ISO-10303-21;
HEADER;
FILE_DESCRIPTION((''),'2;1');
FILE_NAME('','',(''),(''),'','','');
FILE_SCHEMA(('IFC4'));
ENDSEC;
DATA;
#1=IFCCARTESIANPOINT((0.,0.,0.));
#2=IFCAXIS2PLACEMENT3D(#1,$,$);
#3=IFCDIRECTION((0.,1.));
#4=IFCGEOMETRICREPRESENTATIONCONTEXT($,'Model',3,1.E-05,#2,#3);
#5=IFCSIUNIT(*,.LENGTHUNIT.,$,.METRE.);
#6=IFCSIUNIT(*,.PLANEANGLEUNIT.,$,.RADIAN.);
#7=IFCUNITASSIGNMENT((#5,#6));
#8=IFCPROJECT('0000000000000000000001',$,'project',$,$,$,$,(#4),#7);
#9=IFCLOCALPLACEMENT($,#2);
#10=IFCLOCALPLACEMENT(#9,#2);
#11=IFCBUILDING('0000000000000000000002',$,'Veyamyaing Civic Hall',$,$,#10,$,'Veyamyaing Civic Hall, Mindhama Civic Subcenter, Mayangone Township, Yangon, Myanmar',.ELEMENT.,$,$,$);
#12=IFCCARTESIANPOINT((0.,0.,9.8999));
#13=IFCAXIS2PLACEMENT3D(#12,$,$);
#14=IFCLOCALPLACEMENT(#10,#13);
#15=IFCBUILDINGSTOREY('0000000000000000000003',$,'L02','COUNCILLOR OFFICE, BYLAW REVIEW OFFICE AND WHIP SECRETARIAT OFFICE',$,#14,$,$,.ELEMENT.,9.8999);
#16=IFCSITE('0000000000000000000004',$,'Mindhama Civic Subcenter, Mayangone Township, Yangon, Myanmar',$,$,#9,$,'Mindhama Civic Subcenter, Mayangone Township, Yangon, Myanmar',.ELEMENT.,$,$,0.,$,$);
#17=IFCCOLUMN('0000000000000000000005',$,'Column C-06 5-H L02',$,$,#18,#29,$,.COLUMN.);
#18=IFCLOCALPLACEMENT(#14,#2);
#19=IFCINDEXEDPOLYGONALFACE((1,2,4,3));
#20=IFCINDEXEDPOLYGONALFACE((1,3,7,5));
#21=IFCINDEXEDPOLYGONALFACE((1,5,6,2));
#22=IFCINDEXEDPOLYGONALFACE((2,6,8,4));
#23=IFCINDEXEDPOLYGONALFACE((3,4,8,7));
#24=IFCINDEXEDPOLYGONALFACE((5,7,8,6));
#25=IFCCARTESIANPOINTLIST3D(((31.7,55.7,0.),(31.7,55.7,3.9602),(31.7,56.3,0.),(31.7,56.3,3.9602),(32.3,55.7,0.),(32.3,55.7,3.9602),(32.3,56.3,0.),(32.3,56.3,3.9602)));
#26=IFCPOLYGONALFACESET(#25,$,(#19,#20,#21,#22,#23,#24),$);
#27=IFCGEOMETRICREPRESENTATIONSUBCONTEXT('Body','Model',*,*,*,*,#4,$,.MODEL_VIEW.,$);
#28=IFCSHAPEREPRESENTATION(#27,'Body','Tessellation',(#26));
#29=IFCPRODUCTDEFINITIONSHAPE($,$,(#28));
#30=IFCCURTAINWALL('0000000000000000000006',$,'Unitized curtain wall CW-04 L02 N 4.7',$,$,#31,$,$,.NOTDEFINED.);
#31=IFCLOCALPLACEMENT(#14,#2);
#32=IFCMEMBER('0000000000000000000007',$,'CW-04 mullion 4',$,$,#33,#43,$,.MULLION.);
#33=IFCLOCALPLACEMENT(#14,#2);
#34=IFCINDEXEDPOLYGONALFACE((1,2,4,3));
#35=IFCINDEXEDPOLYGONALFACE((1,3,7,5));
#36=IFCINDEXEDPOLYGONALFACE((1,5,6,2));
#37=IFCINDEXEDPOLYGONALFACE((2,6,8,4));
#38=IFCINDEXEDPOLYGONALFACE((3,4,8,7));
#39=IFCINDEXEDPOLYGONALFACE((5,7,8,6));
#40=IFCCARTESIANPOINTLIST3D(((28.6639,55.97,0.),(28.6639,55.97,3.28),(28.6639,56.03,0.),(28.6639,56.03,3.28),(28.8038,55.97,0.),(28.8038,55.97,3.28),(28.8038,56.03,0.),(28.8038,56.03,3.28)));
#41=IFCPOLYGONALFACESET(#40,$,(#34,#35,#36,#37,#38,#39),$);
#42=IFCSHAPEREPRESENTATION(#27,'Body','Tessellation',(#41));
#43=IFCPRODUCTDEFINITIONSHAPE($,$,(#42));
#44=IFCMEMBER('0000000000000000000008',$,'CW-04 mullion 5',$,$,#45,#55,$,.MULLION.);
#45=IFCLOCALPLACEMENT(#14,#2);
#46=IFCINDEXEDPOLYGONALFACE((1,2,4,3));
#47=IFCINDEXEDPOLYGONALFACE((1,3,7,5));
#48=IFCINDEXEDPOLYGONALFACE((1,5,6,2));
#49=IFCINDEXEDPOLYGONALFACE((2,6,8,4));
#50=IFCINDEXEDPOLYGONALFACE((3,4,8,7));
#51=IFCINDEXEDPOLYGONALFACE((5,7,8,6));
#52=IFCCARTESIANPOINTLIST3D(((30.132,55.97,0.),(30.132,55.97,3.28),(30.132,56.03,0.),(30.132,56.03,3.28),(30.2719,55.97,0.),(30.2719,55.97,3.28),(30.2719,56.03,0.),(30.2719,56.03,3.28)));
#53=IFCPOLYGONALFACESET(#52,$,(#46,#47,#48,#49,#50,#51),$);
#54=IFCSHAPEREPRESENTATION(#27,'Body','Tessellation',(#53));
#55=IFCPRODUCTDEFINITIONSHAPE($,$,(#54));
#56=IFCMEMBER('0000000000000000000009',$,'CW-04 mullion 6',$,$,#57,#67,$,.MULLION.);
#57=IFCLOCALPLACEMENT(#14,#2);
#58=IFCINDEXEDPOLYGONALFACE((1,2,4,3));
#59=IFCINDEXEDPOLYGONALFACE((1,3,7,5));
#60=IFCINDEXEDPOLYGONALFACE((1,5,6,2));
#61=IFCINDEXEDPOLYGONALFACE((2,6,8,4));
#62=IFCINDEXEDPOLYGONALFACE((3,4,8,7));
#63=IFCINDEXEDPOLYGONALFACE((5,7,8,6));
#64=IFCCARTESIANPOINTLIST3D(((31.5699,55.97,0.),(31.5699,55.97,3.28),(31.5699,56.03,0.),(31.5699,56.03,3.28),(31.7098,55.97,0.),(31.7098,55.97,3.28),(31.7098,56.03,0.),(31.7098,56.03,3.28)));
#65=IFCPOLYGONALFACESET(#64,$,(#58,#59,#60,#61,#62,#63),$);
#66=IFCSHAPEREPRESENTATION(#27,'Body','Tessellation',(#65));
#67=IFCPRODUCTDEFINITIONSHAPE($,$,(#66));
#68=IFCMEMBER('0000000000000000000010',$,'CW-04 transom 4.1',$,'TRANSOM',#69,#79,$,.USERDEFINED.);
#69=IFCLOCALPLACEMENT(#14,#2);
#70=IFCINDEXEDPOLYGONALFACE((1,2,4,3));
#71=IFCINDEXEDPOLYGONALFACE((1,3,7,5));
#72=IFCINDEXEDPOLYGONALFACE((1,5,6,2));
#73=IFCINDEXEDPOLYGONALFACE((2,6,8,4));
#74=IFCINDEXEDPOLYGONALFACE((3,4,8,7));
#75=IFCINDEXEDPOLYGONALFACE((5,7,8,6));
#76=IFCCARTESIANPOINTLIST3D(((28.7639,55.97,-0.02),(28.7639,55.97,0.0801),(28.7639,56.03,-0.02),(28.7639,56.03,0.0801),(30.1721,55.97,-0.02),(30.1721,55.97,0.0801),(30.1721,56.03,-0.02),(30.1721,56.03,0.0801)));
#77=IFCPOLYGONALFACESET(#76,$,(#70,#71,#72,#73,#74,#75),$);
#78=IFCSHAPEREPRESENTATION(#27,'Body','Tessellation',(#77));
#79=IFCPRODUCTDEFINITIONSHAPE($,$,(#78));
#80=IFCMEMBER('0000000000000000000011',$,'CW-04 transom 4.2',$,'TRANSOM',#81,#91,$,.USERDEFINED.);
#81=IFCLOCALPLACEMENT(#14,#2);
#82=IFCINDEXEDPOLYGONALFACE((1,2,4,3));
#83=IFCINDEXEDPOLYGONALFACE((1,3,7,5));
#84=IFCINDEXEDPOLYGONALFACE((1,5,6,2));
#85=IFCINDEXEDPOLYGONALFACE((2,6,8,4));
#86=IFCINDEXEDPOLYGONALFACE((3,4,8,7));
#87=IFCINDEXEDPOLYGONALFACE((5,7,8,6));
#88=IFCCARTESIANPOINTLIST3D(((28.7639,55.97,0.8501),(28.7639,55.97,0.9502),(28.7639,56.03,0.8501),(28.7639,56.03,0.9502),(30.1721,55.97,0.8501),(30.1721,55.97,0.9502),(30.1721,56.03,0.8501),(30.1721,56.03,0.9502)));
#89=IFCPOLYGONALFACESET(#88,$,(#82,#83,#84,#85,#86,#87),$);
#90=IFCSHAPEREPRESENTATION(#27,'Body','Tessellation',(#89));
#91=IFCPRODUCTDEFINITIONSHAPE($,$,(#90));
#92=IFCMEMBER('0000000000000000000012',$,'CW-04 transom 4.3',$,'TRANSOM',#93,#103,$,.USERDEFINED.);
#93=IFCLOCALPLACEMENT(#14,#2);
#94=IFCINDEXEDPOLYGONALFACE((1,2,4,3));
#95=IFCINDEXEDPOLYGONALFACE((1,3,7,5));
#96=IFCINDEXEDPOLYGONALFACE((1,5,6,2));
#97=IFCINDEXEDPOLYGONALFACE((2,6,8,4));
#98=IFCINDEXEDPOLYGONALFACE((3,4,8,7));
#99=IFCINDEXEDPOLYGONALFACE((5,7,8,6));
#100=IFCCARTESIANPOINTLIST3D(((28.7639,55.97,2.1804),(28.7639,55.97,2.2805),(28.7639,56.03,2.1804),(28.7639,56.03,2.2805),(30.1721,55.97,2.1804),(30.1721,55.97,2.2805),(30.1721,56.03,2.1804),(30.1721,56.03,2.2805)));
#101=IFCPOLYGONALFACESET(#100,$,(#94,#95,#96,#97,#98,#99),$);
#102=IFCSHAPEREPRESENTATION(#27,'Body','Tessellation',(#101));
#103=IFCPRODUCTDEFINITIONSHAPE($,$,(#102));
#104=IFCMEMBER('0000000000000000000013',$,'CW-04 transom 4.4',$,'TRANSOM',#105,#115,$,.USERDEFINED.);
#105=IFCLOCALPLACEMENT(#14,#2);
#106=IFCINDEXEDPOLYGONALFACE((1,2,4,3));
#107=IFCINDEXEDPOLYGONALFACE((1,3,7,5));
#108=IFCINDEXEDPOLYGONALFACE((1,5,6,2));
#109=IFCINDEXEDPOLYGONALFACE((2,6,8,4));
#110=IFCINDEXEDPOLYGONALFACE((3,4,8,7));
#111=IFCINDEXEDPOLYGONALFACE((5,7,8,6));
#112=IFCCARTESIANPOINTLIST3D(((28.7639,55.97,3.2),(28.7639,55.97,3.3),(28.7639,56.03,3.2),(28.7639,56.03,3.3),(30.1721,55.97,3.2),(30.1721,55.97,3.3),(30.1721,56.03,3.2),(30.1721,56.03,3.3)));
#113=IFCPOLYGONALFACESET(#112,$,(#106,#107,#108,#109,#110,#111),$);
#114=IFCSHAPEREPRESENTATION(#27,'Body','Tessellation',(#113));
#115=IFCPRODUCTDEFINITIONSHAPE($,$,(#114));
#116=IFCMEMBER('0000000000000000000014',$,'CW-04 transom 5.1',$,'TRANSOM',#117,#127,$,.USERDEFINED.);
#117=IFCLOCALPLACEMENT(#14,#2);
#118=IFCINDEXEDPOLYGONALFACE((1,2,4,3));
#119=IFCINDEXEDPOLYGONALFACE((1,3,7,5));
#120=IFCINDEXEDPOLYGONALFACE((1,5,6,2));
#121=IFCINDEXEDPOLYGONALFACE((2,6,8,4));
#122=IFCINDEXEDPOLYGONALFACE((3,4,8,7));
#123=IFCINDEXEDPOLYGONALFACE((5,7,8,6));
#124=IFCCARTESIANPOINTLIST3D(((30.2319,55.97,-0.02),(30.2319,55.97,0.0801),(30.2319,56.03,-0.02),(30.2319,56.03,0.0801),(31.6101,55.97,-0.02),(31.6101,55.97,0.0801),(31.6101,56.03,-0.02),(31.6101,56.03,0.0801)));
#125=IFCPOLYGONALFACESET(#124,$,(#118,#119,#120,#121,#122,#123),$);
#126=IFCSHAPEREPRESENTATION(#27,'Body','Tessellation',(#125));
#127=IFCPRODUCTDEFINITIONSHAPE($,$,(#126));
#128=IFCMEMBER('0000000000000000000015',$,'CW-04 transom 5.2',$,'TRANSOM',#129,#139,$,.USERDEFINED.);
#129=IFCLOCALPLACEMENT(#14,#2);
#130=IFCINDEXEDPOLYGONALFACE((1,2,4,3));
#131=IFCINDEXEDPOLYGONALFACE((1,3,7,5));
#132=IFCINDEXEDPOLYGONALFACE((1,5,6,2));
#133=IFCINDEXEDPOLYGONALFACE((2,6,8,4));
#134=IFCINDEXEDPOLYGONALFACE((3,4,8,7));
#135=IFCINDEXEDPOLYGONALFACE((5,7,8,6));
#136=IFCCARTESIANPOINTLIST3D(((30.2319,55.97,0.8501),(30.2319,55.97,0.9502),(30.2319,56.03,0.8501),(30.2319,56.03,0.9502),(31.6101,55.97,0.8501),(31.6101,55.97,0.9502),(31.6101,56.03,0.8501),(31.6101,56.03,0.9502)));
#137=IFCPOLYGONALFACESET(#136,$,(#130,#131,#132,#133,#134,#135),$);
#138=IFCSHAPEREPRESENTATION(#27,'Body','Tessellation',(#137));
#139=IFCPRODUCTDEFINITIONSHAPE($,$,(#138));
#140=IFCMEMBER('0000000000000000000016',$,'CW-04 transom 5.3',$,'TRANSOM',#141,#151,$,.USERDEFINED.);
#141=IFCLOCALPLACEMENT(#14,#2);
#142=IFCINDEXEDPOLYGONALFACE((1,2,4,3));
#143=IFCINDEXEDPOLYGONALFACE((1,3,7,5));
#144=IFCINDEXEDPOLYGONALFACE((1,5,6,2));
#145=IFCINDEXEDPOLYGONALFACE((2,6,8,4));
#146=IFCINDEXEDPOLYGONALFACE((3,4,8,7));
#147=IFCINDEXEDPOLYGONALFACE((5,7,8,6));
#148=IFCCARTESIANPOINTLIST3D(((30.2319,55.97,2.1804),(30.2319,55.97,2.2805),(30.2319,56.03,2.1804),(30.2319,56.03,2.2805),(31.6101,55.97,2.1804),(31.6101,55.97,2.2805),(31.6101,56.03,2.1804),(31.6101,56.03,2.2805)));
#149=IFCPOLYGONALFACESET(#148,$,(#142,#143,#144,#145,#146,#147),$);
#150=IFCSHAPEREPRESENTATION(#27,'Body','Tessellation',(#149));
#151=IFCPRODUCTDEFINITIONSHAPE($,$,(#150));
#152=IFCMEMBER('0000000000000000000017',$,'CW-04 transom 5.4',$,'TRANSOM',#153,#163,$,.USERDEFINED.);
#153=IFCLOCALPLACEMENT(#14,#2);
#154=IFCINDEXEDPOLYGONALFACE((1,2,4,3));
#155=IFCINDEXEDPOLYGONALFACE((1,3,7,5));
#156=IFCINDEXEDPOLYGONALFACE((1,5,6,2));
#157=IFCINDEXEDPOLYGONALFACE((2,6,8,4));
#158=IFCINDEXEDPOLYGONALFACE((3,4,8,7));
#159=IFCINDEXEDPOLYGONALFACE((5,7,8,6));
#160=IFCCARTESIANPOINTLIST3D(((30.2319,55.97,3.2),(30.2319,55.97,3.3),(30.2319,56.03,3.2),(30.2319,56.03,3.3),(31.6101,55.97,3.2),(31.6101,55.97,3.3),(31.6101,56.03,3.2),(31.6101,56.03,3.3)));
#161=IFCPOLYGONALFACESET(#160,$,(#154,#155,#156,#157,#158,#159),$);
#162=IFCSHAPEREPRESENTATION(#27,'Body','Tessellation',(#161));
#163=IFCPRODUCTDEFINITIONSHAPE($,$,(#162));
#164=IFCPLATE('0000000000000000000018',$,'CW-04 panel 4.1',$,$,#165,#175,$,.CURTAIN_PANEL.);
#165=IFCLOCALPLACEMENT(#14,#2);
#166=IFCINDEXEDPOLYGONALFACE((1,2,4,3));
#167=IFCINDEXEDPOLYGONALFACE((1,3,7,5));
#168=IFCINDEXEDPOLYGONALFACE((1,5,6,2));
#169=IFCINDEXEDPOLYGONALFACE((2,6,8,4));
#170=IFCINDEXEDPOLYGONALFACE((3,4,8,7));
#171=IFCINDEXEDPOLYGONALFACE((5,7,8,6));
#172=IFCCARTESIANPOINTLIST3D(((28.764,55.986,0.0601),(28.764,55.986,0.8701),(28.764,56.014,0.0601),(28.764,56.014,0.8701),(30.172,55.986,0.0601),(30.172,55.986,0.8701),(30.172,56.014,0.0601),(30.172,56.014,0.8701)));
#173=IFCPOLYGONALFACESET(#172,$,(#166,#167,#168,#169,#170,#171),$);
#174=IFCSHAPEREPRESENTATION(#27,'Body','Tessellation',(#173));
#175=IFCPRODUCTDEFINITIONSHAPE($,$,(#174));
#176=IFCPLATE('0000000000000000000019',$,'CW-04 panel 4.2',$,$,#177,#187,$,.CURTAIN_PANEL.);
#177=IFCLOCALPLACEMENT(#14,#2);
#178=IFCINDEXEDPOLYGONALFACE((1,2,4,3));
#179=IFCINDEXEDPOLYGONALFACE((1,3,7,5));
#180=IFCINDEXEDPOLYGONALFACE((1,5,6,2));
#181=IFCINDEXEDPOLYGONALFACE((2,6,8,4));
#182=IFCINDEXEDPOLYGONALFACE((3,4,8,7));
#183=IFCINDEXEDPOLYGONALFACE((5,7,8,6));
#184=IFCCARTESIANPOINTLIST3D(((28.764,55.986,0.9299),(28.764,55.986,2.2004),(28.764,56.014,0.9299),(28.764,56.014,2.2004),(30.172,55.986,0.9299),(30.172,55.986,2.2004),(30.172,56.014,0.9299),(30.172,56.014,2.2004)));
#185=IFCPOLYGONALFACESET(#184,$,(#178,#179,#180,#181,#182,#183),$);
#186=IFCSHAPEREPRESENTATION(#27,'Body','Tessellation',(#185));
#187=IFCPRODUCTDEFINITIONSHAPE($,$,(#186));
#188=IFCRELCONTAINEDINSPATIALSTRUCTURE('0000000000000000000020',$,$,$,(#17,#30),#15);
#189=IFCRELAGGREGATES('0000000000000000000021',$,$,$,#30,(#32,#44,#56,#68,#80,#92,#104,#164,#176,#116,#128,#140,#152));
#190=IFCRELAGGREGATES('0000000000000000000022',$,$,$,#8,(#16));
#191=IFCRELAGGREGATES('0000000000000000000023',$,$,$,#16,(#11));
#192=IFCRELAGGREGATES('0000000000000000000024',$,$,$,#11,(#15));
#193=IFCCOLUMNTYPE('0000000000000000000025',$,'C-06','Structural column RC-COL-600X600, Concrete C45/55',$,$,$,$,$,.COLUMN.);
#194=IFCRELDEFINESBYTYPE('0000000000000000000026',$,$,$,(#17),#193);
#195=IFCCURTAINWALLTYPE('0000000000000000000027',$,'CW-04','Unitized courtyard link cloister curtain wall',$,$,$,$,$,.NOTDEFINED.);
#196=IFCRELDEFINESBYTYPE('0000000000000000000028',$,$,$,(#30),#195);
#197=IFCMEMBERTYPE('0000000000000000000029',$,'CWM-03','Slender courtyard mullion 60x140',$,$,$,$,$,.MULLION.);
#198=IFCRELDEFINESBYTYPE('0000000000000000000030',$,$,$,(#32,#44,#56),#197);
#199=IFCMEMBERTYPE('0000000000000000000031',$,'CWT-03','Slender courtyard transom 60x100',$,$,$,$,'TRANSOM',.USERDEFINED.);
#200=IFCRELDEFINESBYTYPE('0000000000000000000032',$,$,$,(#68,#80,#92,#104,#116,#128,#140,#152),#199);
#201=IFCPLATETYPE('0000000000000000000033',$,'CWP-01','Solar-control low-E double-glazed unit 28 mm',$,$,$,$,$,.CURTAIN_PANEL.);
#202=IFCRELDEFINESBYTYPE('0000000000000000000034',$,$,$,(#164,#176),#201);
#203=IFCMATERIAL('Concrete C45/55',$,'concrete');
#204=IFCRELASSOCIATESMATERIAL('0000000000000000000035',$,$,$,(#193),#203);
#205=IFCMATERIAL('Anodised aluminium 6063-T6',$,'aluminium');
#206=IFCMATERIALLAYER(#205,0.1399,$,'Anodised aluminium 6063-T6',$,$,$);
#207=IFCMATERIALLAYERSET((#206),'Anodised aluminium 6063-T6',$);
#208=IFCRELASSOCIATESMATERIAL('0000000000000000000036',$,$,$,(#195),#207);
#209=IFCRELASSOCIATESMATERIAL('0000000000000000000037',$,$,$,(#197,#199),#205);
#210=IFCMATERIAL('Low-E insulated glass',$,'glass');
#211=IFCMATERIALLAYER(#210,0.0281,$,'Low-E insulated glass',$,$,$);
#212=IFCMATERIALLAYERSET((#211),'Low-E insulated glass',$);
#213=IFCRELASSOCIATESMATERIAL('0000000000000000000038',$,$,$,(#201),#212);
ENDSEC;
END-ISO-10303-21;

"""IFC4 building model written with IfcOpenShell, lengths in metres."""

from ifc_helpers import new_model, si_unit, direction, frame, origin, origin_2d, place, context, subcontext, project, spatial, rectangle, extrude, material, layer, layer_set, material_profile, profile_set, type_object, element, aggregate, save


model = new_model("IFC4")

# Units and contexts
model_context = context("Model", 3, precision=1e-05, world=origin(), true_north=direction((0.0, 1.0)))
body_context = subcontext(model_context, "Body", "Model", "MODEL_VIEW")
ifc_project = project(units=[si_unit("LENGTHUNIT", "METRE"), si_unit("PLANEANGLEUNIT", "RADIAN")], contexts=[model_context])

# Site, building, storey
site_placement = place(None, origin())
site = spatial("IfcSite", under=ifc_project, at=site_placement, Name="Mindhama Civic Subcenter, Mayangone Township, Yangon, Myanmar", LongName="Mindhama Civic Subcenter, Mayangone Township, Yangon, Myanmar", CompositionType="ELEMENT", RefElevation=0.0)
building_placement = place(site_placement, origin())
building = spatial("IfcBuilding", under=site, at=building_placement, Name="Veyamyaing Civic Hall", LongName="Veyamyaing Civic Hall, Mindhama Civic Subcenter, Mayangone Township, Yangon, Myanmar", CompositionType="ELEMENT")
storey_placement = place(building_placement, frame((0.0, 0.0, 9.8999)))
storey = spatial("IfcBuildingStorey", under=building, at=storey_placement, Name="L02", Description="COUNCILLOR OFFICE, BYLAW REVIEW OFFICE AND WHIP SECRETARIAT OFFICE", CompositionType="ELEMENT", Elevation=9.8999)

# Column
ifc_material_1 = material(Name="Concrete C45/55", Category="concrete")
ifc_material_profile_1 = material_profile(ifc_material_1, rectangle(XDim=0.6001, YDim=0.6001, at=origin_2d()), Name="RC-COL-600X600")
ifc_profile_set_1 = profile_set([ifc_material_profile_1], Name="Concrete C45/55")
column_type = type_object("IfcColumnType", Name="C-06", Description="Structural column RC-COL-600X600, Concrete C45/55", PredefinedType="COLUMN", material=ifc_profile_set_1)
column_placement = place(storey_placement, frame((32.0, 56.0, 0.0), z_axis=(0.0, 0.0, 1.0), x_axis=(1.0, 0.0, 0.0)))
element("IfcColumn", 1, at=column_placement, inside=storey, type_object=column_type, Name="Column C-06 5-H L02", PredefinedType="COLUMN", context=body_context, shape_type="SweptSolid", body=[
    extrude(rectangle(XDim=0.6001, YDim=0.6001, at=origin_2d()), origin(), (0.0, 0.0, 1.0), 3.9602),
])

# Curtain wall, members, plates
ifc_material_2 = material(Name="Anodised aluminium 6063-T6", Category="aluminium")
ifc_layer_1 = layer(ifc_material_2, 0.1399, Name="Anodised aluminium 6063-T6")
ifc_layer_set_1 = layer_set([ifc_layer_1], Name="Anodised aluminium 6063-T6")
curtain_wall_type = type_object("IfcCurtainWallType", Name="CW-04", Description="Unitized courtyard link cloister curtain wall", PredefinedType="NOTDEFINED", material=ifc_layer_set_1)
curtain_wall_placement = place(storey_placement, origin())
curtain_wall = element("IfcCurtainWall", 2, at=curtain_wall_placement, inside=storey, type_object=curtain_wall_type, Name="Unitized curtain wall CW-04 L02 N 4.7", PredefinedType="NOTDEFINED")
ifc_material_profile_2 = material_profile(ifc_material_2, rectangle(XDim=0.0601, YDim=0.1399, at=origin_2d()), Name="ALU-MUL-60X140")
ifc_profile_set_2 = profile_set([ifc_material_profile_2], Name="Anodised aluminium 6063-T6")
member_type_1 = type_object("IfcMemberType", Name="CWM-03", Description="Slender courtyard mullion 60x140", PredefinedType="MULLION", material=ifc_profile_set_2)
member_1_placement = place(storey_placement, frame((28.7339, 56.0, 0.0), z_axis=(0.0, 0.0, 1.0), x_axis=(0.0, 1.0, 0.0)))
member_1 = element("IfcMember", 3, at=member_1_placement, type_object=member_type_1, Name="CW-04 mullion 4", PredefinedType="MULLION", context=body_context, shape_type="SweptSolid", body=[
    extrude(rectangle(XDim=0.0601, YDim=0.1399, at=origin_2d()), origin(), (0.0, 0.0, 1.0), 3.28),
])
member_2_placement = place(storey_placement, frame((30.2019, 56.0, 0.0), z_axis=(0.0, 0.0, 1.0), x_axis=(0.0, 1.0, 0.0)))
member_2 = element("IfcMember", 4, at=member_2_placement, type_object=member_type_1, Name="CW-04 mullion 5", PredefinedType="MULLION", context=body_context, shape_type="SweptSolid", body=[
    extrude(rectangle(XDim=0.0601, YDim=0.1399, at=origin_2d()), origin(), (0.0, 0.0, 1.0), 3.28),
])
member_3_placement = place(storey_placement, frame((31.6399, 56.0, 0.0), z_axis=(0.0, 0.0, 1.0), x_axis=(0.0, 1.0, 0.0)))
member_3 = element("IfcMember", 5, at=member_3_placement, type_object=member_type_1, Name="CW-04 mullion 6", PredefinedType="MULLION", context=body_context, shape_type="SweptSolid", body=[
    extrude(rectangle(XDim=0.0601, YDim=0.1399, at=origin_2d()), origin(), (0.0, 0.0, 1.0), 3.28),
])
ifc_material_profile_3 = material_profile(ifc_material_2, rectangle(XDim=0.0601, YDim=0.1001, at=origin_2d()), Name="ALU-TRN-60X100")
ifc_profile_set_3 = profile_set([ifc_material_profile_3], Name="Anodised aluminium 6063-T6")
member_type_2 = type_object("IfcMemberType", Name="CWT-03", Description="Slender courtyard transom 60x100", ElementType="TRANSOM", PredefinedType="USERDEFINED", material=ifc_profile_set_3)
member_4_placement = place(storey_placement, frame((28.7639, 56.0, 0.03), z_axis=(1.0, 0.0, 0.0), x_axis=(0.0, 1.0, 0.0)))
member_4 = element("IfcMember", 6, at=member_4_placement, type_object=member_type_2, Name="CW-04 transom 4.1", ObjectType="TRANSOM", PredefinedType="USERDEFINED", context=body_context, shape_type="SweptSolid", body=[
    extrude(rectangle(XDim=0.0601, YDim=0.1001, at=origin_2d()), origin(), (0.0, 0.0, 1.0), 1.4082),
])
member_5_placement = place(storey_placement, frame((28.7639, 56.0, 0.9001), z_axis=(1.0, 0.0, 0.0), x_axis=(0.0, 1.0, 0.0)))
member_5 = element("IfcMember", 7, at=member_5_placement, type_object=member_type_2, Name="CW-04 transom 4.2", ObjectType="TRANSOM", PredefinedType="USERDEFINED", context=body_context, shape_type="SweptSolid", body=[
    extrude(rectangle(XDim=0.0601, YDim=0.1001, at=origin_2d()), origin(), (0.0, 0.0, 1.0), 1.4082),
])
member_6_placement = place(storey_placement, frame((28.7639, 56.0, 2.2305), z_axis=(1.0, 0.0, 0.0), x_axis=(0.0, 1.0, 0.0)))
member_6 = element("IfcMember", 8, at=member_6_placement, type_object=member_type_2, Name="CW-04 transom 4.3", ObjectType="TRANSOM", PredefinedType="USERDEFINED", context=body_context, shape_type="SweptSolid", body=[
    extrude(rectangle(XDim=0.0601, YDim=0.1001, at=origin_2d()), origin(), (0.0, 0.0, 1.0), 1.4082),
])
member_7_placement = place(storey_placement, frame((28.7639, 56.0, 3.25), z_axis=(1.0, 0.0, 0.0), x_axis=(0.0, 1.0, 0.0)))
member_7 = element("IfcMember", 9, at=member_7_placement, type_object=member_type_2, Name="CW-04 transom 4.4", ObjectType="TRANSOM", PredefinedType="USERDEFINED", context=body_context, shape_type="SweptSolid", body=[
    extrude(rectangle(XDim=0.0601, YDim=0.1001, at=origin_2d()), origin(), (0.0, 0.0, 1.0), 1.4082),
])
member_8_placement = place(storey_placement, frame((30.2319, 56.0, 0.03), z_axis=(1.0, 0.0, 0.0), x_axis=(0.0, 1.0, 0.0)))
member_8 = element("IfcMember", 10, at=member_8_placement, type_object=member_type_2, Name="CW-04 transom 5.1", ObjectType="TRANSOM", PredefinedType="USERDEFINED", context=body_context, shape_type="SweptSolid", body=[
    extrude(rectangle(XDim=0.0601, YDim=0.1001, at=origin_2d()), origin(), (0.0, 0.0, 1.0), 1.3782),
])
member_9_placement = place(storey_placement, frame((30.2319, 56.0, 0.9001), z_axis=(1.0, 0.0, 0.0), x_axis=(0.0, 1.0, 0.0)))
member_9 = element("IfcMember", 11, at=member_9_placement, type_object=member_type_2, Name="CW-04 transom 5.2", ObjectType="TRANSOM", PredefinedType="USERDEFINED", context=body_context, shape_type="SweptSolid", body=[
    extrude(rectangle(XDim=0.0601, YDim=0.1001, at=origin_2d()), origin(), (0.0, 0.0, 1.0), 1.3782),
])
member_10_placement = place(storey_placement, frame((30.2319, 56.0, 2.2305), z_axis=(1.0, 0.0, 0.0), x_axis=(0.0, 1.0, 0.0)))
member_10 = element("IfcMember", 12, at=member_10_placement, type_object=member_type_2, Name="CW-04 transom 5.3", ObjectType="TRANSOM", PredefinedType="USERDEFINED", context=body_context, shape_type="SweptSolid", body=[
    extrude(rectangle(XDim=0.0601, YDim=0.1001, at=origin_2d()), origin(), (0.0, 0.0, 1.0), 1.3782),
])
member_11_placement = place(storey_placement, frame((30.2319, 56.0, 3.25), z_axis=(1.0, 0.0, 0.0), x_axis=(0.0, 1.0, 0.0)))
member_11 = element("IfcMember", 13, at=member_11_placement, type_object=member_type_2, Name="CW-04 transom 5.4", ObjectType="TRANSOM", PredefinedType="USERDEFINED", context=body_context, shape_type="SweptSolid", body=[
    extrude(rectangle(XDim=0.0601, YDim=0.1001, at=origin_2d()), origin(), (0.0, 0.0, 1.0), 1.3782),
])
ifc_material_3 = material(Name="Low-E insulated glass", Category="glass")
ifc_layer_2 = layer(ifc_material_3, 0.0281, Name="Low-E insulated glass")
ifc_layer_set_2 = layer_set([ifc_layer_2], Name="Low-E insulated glass")
plate_type = type_object("IfcPlateType", Name="CWP-01", Description="Solar-control low-E double-glazed unit 28 mm", PredefinedType="CURTAIN_PANEL", material=ifc_layer_set_2)
plate_1_placement = place(storey_placement, frame((29.468, 56.0, 0.0601), z_axis=(0.0, 0.0, 1.0), x_axis=(1.0, 0.0, 0.0)))
plate_1 = element("IfcPlate", 14, at=plate_1_placement, type_object=plate_type, Name="CW-04 panel 4.1", PredefinedType="CURTAIN_PANEL", context=body_context, shape_type="SweptSolid", body=[
    extrude(rectangle(XDim=1.408, YDim=0.0281, at=origin_2d()), origin(), (0.0, 0.0, 1.0), 0.8101),
])
plate_2_placement = place(storey_placement, frame((29.468, 56.0, 0.9299), z_axis=(0.0, 0.0, 1.0), x_axis=(1.0, 0.0, 0.0)))
plate_2 = element("IfcPlate", 15, at=plate_2_placement, type_object=plate_type, Name="CW-04 panel 4.2", PredefinedType="CURTAIN_PANEL", context=body_context, shape_type="SweptSolid", body=[
    extrude(rectangle(XDim=1.408, YDim=0.0281, at=origin_2d()), origin(), (0.0, 0.0, 1.0), 1.2705),
])
aggregate(curtain_wall, [member_1, member_2, member_3, member_4, member_5, member_6, member_7, plate_1, plate_2, member_8, member_9, member_10, member_11])

save(model, "model.ifc")
